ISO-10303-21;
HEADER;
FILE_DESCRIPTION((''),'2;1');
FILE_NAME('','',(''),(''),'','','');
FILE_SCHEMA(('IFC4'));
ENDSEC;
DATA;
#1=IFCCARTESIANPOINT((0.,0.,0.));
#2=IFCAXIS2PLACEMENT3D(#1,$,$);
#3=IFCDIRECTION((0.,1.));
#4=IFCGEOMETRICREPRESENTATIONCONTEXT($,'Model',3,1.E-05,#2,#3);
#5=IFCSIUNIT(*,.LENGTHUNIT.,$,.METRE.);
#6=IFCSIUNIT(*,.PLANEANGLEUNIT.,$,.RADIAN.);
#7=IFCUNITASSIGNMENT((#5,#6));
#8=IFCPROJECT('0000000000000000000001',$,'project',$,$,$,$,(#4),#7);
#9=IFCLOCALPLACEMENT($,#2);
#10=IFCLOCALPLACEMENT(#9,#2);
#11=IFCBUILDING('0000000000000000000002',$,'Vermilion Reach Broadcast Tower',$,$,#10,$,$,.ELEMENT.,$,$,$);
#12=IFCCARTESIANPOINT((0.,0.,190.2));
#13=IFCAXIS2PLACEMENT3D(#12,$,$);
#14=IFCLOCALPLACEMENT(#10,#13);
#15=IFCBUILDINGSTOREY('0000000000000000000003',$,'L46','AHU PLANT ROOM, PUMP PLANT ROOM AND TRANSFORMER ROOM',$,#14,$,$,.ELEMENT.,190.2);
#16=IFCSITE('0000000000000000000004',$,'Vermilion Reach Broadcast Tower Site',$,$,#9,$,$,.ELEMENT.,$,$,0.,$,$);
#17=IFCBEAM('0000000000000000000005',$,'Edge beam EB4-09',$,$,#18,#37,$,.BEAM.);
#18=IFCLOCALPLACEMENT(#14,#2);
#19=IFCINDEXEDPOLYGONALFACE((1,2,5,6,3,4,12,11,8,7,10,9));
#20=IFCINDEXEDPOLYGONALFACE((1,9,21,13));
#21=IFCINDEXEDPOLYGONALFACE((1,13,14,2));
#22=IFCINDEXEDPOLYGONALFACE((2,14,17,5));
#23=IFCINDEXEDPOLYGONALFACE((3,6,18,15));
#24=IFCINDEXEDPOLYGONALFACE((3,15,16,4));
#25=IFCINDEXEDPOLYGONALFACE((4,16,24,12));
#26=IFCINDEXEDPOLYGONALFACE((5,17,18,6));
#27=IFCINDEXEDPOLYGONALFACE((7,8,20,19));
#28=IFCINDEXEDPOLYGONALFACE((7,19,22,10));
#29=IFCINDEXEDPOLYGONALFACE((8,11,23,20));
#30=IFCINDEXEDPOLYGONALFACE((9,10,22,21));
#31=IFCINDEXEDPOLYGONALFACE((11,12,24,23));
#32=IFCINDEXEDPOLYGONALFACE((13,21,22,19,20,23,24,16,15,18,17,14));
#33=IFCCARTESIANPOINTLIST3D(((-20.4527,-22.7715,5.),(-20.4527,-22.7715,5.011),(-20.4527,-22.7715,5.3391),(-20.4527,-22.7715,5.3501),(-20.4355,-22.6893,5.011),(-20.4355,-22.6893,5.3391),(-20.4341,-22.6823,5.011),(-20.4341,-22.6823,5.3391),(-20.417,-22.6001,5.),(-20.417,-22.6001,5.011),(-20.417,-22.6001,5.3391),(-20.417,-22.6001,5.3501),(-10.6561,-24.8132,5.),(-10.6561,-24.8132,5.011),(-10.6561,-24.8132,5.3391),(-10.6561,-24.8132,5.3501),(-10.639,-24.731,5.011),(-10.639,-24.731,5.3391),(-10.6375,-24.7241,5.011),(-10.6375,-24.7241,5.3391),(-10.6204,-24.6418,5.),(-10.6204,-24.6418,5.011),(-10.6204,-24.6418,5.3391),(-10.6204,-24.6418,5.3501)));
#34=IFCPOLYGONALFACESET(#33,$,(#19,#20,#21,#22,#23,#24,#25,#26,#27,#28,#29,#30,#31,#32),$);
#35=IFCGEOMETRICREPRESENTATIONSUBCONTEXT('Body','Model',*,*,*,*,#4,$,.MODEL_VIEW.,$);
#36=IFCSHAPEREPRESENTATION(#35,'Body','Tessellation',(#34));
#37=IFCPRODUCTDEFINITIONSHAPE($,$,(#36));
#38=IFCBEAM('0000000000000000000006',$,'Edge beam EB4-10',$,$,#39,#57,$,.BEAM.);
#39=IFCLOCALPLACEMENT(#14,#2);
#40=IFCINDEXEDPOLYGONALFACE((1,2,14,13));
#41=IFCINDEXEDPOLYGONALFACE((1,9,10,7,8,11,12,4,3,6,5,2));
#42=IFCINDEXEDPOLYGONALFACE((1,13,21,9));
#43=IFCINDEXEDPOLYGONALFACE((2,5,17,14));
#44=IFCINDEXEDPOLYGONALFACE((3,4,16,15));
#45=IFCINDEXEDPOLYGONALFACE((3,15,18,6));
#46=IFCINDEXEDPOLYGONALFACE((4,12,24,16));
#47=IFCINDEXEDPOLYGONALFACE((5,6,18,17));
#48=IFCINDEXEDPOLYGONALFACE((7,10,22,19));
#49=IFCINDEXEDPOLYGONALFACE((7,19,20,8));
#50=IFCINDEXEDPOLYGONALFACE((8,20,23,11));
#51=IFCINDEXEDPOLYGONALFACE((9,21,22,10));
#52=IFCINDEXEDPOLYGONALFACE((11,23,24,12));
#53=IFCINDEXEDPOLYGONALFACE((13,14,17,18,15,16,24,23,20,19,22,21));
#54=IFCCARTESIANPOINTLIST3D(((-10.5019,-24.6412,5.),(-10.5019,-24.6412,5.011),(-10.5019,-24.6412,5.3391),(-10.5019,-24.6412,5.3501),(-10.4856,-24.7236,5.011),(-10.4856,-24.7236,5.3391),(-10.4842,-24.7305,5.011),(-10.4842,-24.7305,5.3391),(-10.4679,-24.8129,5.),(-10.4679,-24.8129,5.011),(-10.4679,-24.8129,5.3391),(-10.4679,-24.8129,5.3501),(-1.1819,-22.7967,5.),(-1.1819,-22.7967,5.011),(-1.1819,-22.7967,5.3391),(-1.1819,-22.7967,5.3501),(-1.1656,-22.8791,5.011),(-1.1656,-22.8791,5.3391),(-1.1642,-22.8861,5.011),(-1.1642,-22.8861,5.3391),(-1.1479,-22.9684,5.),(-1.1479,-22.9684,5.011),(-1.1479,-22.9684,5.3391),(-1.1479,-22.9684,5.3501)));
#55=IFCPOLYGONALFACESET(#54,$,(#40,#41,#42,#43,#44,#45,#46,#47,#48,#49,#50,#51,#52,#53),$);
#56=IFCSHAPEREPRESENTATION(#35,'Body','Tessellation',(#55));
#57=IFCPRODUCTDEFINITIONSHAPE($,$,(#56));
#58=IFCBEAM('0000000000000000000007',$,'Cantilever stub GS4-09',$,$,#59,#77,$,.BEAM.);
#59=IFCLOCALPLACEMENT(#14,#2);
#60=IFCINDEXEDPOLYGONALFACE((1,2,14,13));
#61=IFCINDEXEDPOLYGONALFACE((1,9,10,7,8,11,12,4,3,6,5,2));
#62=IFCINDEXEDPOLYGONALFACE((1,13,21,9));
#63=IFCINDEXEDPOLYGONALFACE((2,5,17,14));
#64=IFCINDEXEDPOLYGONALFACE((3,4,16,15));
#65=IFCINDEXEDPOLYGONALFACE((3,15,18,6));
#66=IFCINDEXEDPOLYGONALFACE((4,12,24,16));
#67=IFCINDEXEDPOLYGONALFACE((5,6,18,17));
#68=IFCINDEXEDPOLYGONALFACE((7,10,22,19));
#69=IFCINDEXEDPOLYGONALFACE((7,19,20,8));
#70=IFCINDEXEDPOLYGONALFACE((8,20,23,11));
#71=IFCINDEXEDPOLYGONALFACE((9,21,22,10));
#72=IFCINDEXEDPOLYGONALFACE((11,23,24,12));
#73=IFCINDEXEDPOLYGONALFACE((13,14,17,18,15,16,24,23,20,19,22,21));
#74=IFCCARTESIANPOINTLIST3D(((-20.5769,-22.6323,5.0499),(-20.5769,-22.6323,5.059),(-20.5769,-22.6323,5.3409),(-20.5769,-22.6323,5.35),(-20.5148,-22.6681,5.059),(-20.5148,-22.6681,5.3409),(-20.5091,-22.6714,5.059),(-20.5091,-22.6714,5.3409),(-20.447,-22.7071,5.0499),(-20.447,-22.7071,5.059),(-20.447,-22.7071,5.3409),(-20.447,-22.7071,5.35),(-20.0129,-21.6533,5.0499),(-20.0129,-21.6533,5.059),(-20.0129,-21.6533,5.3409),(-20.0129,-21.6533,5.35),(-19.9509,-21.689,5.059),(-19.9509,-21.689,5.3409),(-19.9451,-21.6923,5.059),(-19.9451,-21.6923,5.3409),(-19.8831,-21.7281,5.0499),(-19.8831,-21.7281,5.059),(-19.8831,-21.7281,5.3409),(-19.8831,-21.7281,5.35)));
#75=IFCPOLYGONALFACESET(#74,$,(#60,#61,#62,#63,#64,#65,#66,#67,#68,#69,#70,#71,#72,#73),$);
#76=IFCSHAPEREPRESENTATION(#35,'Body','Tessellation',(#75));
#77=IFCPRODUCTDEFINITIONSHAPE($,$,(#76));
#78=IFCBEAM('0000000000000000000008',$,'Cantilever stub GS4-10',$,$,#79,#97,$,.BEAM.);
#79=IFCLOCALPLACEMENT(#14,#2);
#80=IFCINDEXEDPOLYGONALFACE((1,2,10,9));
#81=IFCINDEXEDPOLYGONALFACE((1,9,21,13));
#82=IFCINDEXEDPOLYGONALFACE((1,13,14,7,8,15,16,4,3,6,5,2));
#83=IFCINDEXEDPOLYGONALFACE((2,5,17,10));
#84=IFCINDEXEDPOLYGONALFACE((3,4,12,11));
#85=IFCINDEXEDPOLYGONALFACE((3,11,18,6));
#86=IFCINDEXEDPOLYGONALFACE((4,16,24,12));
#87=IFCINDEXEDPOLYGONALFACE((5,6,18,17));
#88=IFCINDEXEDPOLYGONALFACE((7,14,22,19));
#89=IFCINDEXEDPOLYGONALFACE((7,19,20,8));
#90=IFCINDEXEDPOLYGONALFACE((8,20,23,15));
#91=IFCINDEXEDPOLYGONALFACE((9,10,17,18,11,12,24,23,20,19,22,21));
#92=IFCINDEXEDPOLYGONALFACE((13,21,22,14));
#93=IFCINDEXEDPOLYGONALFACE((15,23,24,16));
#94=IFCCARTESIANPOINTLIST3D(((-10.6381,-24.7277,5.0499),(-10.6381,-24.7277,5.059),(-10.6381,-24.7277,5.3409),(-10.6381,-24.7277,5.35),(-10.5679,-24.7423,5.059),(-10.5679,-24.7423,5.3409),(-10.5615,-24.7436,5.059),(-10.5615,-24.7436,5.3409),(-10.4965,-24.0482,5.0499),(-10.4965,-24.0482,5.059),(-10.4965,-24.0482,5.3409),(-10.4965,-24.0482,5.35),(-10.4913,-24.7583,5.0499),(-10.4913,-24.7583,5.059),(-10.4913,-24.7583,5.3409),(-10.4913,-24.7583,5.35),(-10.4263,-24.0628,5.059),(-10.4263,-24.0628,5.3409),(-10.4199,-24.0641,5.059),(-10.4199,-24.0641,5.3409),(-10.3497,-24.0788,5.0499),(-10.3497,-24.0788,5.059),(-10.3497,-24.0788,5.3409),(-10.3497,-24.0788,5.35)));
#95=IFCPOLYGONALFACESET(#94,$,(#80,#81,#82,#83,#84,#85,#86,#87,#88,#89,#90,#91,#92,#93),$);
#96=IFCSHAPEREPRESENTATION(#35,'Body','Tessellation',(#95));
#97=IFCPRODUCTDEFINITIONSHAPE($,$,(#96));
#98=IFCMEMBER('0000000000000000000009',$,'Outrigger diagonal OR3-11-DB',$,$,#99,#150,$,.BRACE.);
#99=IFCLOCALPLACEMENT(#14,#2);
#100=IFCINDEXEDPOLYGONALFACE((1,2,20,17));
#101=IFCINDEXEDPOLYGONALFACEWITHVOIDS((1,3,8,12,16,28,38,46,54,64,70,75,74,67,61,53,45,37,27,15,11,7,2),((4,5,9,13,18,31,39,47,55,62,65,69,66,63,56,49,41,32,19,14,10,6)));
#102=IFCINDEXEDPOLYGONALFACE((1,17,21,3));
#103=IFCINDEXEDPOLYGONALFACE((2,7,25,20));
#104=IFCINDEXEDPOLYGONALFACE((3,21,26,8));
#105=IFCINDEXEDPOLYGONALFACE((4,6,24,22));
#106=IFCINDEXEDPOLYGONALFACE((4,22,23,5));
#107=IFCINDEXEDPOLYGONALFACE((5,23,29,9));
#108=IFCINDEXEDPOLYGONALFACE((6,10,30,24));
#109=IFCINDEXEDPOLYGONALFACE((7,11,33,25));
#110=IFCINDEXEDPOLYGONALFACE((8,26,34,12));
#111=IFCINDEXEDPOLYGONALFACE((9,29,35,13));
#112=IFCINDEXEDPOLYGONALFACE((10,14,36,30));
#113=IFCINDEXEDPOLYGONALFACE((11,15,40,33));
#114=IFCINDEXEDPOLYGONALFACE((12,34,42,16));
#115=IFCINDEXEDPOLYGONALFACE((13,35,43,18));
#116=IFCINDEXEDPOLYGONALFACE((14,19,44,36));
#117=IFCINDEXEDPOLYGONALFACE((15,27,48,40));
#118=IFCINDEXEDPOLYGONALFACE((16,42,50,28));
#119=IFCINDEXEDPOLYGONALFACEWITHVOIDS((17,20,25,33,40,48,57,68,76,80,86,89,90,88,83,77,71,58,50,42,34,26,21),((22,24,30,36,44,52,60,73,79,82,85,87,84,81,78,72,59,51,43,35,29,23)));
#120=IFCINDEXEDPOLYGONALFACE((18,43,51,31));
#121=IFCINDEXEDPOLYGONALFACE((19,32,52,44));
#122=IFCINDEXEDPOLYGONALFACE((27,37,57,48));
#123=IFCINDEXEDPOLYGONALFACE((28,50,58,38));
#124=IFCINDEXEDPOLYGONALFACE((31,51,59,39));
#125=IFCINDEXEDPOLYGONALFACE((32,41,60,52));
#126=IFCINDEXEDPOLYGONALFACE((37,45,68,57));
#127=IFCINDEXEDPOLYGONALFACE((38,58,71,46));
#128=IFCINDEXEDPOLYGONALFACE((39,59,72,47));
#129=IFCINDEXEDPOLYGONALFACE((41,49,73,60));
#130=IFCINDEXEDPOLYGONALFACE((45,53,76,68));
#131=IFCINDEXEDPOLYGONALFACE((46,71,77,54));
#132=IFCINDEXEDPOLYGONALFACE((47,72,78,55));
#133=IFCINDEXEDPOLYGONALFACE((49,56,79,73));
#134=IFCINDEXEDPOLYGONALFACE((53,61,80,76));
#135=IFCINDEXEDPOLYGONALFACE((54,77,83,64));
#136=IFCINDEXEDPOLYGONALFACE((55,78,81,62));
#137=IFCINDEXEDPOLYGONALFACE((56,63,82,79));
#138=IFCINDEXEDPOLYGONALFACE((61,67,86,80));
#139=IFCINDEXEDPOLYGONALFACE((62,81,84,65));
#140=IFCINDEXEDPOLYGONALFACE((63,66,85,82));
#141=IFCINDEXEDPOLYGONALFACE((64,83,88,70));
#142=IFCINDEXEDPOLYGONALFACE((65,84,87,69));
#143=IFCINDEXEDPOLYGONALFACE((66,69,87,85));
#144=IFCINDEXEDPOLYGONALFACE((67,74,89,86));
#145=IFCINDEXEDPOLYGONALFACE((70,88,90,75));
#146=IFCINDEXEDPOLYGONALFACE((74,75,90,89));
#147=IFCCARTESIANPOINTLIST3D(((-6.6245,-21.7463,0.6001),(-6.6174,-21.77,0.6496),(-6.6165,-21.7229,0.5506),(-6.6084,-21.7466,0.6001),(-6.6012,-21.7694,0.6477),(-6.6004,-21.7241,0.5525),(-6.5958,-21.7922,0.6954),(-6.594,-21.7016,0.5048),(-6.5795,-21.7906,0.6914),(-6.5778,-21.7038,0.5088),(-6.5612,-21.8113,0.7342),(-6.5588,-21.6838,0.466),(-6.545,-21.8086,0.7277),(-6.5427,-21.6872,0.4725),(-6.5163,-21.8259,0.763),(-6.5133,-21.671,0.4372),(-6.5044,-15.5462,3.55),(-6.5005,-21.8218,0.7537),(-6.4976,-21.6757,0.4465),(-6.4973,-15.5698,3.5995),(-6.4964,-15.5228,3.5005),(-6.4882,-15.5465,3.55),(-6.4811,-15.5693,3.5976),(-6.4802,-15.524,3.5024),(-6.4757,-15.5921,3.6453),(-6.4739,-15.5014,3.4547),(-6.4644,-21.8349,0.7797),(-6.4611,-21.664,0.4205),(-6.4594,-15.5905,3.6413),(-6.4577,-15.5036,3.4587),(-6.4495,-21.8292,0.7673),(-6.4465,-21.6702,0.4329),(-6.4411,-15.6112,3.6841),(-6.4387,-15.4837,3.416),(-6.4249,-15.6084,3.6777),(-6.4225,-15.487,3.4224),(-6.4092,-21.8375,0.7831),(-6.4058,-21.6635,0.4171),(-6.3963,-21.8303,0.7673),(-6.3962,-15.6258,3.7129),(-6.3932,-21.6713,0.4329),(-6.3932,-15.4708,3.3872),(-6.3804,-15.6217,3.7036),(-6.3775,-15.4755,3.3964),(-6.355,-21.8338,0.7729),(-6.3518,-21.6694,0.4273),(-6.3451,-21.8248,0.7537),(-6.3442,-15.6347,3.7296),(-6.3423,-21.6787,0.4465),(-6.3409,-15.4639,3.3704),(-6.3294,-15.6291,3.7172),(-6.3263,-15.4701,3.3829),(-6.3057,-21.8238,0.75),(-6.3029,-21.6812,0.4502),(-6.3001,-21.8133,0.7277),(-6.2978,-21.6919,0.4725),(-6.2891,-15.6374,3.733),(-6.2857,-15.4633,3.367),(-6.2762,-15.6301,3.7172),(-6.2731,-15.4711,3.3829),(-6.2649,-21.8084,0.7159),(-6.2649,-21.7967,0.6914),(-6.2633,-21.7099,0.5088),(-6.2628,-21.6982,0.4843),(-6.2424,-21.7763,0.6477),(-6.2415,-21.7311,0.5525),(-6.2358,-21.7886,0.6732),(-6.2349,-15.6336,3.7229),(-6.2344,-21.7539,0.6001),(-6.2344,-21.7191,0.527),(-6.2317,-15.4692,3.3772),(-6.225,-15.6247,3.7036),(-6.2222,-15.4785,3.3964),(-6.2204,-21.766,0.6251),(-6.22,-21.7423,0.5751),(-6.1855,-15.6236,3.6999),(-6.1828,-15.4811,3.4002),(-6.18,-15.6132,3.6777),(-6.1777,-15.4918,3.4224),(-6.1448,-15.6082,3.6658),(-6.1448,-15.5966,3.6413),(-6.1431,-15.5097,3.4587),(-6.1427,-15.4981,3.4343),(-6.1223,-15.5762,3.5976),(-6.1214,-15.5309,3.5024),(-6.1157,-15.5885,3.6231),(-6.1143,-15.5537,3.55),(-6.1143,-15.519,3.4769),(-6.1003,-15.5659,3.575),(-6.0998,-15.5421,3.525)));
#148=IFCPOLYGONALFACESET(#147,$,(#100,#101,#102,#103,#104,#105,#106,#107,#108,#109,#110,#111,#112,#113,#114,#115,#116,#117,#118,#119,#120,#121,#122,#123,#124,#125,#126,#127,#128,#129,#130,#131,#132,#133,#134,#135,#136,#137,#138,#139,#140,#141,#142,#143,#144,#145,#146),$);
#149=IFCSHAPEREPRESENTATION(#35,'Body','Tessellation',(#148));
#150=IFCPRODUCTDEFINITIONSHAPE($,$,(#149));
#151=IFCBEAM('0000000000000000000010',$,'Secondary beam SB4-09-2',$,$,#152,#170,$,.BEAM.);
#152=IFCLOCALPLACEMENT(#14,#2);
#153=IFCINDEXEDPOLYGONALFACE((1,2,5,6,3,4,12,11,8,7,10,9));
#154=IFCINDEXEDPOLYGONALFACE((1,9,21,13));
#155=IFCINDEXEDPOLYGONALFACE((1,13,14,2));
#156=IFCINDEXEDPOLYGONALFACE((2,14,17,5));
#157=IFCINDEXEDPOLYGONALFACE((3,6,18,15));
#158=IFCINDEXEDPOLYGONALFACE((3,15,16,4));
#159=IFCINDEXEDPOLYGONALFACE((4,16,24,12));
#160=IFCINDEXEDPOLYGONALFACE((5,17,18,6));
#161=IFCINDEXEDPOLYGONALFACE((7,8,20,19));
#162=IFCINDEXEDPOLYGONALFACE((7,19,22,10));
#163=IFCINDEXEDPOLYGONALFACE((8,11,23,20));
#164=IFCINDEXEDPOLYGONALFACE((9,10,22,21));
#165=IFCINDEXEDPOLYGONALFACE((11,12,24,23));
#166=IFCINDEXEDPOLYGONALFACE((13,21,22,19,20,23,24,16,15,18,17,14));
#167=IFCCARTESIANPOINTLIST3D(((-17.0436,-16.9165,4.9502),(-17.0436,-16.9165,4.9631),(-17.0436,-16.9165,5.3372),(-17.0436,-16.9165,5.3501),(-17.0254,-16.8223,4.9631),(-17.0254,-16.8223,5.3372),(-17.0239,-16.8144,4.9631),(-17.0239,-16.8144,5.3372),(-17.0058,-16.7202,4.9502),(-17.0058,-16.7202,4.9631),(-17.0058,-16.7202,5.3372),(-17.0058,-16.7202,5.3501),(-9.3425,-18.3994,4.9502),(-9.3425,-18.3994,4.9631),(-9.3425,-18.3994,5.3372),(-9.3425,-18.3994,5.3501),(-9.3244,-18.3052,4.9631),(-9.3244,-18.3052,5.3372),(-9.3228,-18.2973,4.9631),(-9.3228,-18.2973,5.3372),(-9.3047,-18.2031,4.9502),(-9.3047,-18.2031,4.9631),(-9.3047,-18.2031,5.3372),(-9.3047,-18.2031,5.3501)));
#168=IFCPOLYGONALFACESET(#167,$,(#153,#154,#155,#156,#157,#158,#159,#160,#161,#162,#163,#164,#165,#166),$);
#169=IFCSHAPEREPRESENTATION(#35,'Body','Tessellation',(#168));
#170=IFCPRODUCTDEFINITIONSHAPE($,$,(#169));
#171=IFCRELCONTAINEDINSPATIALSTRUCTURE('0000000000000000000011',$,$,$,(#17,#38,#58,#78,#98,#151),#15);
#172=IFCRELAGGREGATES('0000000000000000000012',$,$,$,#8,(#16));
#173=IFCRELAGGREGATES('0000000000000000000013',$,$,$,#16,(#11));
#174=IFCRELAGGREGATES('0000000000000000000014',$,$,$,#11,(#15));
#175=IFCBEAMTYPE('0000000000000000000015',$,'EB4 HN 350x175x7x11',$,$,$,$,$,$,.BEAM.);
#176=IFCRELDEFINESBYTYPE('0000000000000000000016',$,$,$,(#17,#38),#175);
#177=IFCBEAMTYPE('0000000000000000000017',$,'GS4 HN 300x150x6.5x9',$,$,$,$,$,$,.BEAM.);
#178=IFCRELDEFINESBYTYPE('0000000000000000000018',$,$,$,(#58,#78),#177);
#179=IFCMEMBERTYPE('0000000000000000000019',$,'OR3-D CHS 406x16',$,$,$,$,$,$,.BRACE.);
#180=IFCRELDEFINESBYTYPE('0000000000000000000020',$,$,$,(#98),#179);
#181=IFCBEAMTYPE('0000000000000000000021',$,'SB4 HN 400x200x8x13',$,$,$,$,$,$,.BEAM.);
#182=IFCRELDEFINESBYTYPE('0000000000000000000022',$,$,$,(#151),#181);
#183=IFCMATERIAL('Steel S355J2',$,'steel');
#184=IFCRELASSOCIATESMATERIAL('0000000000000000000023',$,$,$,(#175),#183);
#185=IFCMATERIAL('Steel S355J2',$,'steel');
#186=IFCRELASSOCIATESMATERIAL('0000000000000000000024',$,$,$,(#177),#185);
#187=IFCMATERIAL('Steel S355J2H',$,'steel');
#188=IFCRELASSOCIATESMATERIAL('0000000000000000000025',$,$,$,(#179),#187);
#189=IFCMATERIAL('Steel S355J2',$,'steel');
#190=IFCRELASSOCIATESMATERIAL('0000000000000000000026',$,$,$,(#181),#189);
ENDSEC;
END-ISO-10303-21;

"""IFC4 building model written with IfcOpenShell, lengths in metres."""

from ifc_helpers import new_model, si_unit, direction, frame, origin, origin_2d, place, context, subcontext, project, spatial, hollow_circle, i_section, extrude, material, material_profile, profile_set, type_object, element, save


model = new_model("IFC4")

# Units and contexts
model_context = context("Model", 3, precision=1e-05, world=origin(), true_north=direction((0.0, 1.0)))
body_context = subcontext(model_context, "Body", "Model", "MODEL_VIEW")
ifc_project = project(units=[si_unit("LENGTHUNIT", "METRE"), si_unit("PLANEANGLEUNIT", "RADIAN")], contexts=[model_context])

# Site, building, storey
site_placement = place(None, origin())
site = spatial("IfcSite", under=ifc_project, at=site_placement, Name="Vermilion Reach Broadcast Tower Site", CompositionType="ELEMENT", RefElevation=0.0)
building_placement = place(site_placement, origin())
building = spatial("IfcBuilding", under=site, at=building_placement, Name="Vermilion Reach Broadcast Tower", CompositionType="ELEMENT")
storey_placement = place(building_placement, frame((0.0, 0.0, 190.2)))
storey = spatial("IfcBuildingStorey", under=building, at=storey_placement, Name="L46", Description="AHU PLANT ROOM, PUMP PLANT ROOM AND TRANSFORMER ROOM", CompositionType="ELEMENT", Elevation=190.2)

# Beams
ifc_material_1 = material(Name="Steel S355J2", Category="steel")
ifc_material_profile_1 = material_profile(ifc_material_1, i_section(OverallWidth=0.175, OverallDepth=0.3501, WebThickness=0.0071, FlangeThickness=0.011, at=origin_2d()), Name="S355J2 HN 350x175x7x11")
ifc_profile_set_1 = profile_set([ifc_material_profile_1], Name="Steel S355J2")
beam_type_1 = type_object("IfcBeamType", Name="EB4 HN 350x175x7x11", PredefinedType="BEAM", material=ifc_profile_set_1)
beam_1_placement = place(storey_placement, frame((-20.4348, -22.6858, 5.175), z_axis=(0.978965, -0.204029, 0.0), x_axis=(0.204029, 0.978965, 0.0)))
element("IfcBeam", 1, at=beam_1_placement, inside=storey, type_object=beam_type_1, Name="Edge beam EB4-09", PredefinedType="BEAM", context=body_context, shape_type="SweptSolid", body=[
    extrude(i_section(OverallWidth=0.175, OverallDepth=0.3501, WebThickness=0.0071, FlangeThickness=0.011, at=origin_2d()), origin(), (0.0, 0.0, 1.0), 10.0071),
])
beam_2_placement = place(storey_placement, frame((-10.4849, -24.7271, 5.175), z_axis=(0.980974, 0.194139, 0.0), x_axis=(-0.194139, 0.980974, 0.0)))
element("IfcBeam", 2, at=beam_2_placement, inside=storey, type_object=beam_type_1, Name="Edge beam EB4-10", PredefinedType="BEAM", context=body_context, shape_type="SweptSolid", body=[
    extrude(i_section(OverallWidth=0.175, OverallDepth=0.3501, WebThickness=0.0071, FlangeThickness=0.011, at=origin_2d()), origin(), (0.0, 0.0, 1.0), 9.5007),
])
ifc_material_2 = material(Name="Steel S355J2", Category="steel")
ifc_material_profile_2 = material_profile(ifc_material_2, i_section(OverallWidth=0.1499, OverallDepth=0.3, WebThickness=0.0066, FlangeThickness=0.009, at=origin_2d()), Name="S355J2 HN 300x150x6.5x9")
ifc_profile_set_2 = profile_set([ifc_material_profile_2], Name="Steel S355J2")
beam_type_2 = type_object("IfcBeamType", Name="GS4 HN 300x150x6.5x9", PredefinedType="BEAM", material=ifc_profile_set_2)
beam_3_placement = place(storey_placement, frame((-19.948, -21.6907, 5.2), z_axis=(-0.499161, -0.866509, 0.0), x_axis=(0.866509, -0.499161, 0.0)))
element("IfcBeam", 3, at=beam_3_placement, inside=storey, type_object=beam_type_2, Name="Cantilever stub GS4-09", PredefinedType="BEAM", context=body_context, shape_type="SweptSolid", body=[
    extrude(i_section(OverallWidth=0.1499, OverallDepth=0.3, WebThickness=0.0066, FlangeThickness=0.009, at=origin_2d()), origin(), (0.0, 0.0, 1.0), 1.1299),
])
beam_4_placement = place(storey_placement, frame((-10.4231, -24.0635, 5.2), z_axis=(-0.204024, -0.978966, 0.0), x_axis=(0.978966, -0.204024, 0.0)))
element("IfcBeam", 4, at=beam_4_placement, inside=storey, type_object=beam_type_2, Name="Cantilever stub GS4-10", PredefinedType="BEAM", context=body_context, shape_type="SweptSolid", body=[
    extrude(i_section(OverallWidth=0.1499, OverallDepth=0.3, WebThickness=0.0066, FlangeThickness=0.009, at=origin_2d()), origin(), (0.0, 0.0, 1.0), 0.6941),
])

# Member
ifc_material_3 = material(Name="Steel S355J2H", Category="steel")
ifc_material_profile_3 = material_profile(ifc_material_3, hollow_circle(Radius=0.2031, WallThickness=0.0161, at=origin_2d()), Name="S355J2H CHS 406x16")
ifc_profile_set_3 = profile_set([ifc_material_profile_3], Name="Steel S355J2H")
member_type_1 = type_object("IfcMemberType", Name="OR3-D CHS 406x16", PredefinedType="BRACE", material=ifc_profile_set_3)
member_1_placement = place(storey_placement, frame((-6.4214, -21.7502, 0.6001), z_axis=(0.017491, 0.902865, 0.429568), x_axis=(-0.999812, 0.019369, 0.0)))
element("IfcMember", 5, at=member_1_placement, inside=storey, type_object=member_type_1, Name="Outrigger diagonal OR3-11-DB", PredefinedType="BRACE", context=body_context, shape_type="SweptSolid", body=[
    extrude(hollow_circle(Radius=0.2031, WallThickness=0.0161, at=origin_2d()), origin(), (0.0, 0.0, 1.0), 6.8672),
])

# Beam
ifc_material_4 = material(Name="Steel S355J2", Category="steel")
ifc_material_profile_4 = material_profile(ifc_material_4, i_section(OverallWidth=0.2, OverallDepth=0.3999, WebThickness=0.0081, FlangeThickness=0.0129, at=origin_2d()), Name="S355J2 HN 400x200x8x13")
ifc_profile_set_4 = profile_set([ifc_material_profile_4], Name="Steel S355J2")
beam_type_3 = type_object("IfcBeamType", Name="SB4 HN 400x200x8x13", PredefinedType="BEAM", material=ifc_profile_set_4)
beam_5_placement = place(storey_placement, frame((-17.0247, -16.8184, 5.1501), z_axis=(0.981961, -0.189083, 0.0), x_axis=(0.189083, 0.981961, 0.0)))
element("IfcBeam", 6, at=beam_5_placement, inside=storey, type_object=beam_type_3, Name="Secondary beam SB4-09-2", PredefinedType="BEAM", context=body_context, shape_type="SweptSolid", body=[
    extrude(i_section(OverallWidth=0.2, OverallDepth=0.3999, WebThickness=0.0081, FlangeThickness=0.0129, at=origin_2d()), origin(), (0.0, 0.0, 1.0), 7.8425),
])

save(model, "model.ifc")
